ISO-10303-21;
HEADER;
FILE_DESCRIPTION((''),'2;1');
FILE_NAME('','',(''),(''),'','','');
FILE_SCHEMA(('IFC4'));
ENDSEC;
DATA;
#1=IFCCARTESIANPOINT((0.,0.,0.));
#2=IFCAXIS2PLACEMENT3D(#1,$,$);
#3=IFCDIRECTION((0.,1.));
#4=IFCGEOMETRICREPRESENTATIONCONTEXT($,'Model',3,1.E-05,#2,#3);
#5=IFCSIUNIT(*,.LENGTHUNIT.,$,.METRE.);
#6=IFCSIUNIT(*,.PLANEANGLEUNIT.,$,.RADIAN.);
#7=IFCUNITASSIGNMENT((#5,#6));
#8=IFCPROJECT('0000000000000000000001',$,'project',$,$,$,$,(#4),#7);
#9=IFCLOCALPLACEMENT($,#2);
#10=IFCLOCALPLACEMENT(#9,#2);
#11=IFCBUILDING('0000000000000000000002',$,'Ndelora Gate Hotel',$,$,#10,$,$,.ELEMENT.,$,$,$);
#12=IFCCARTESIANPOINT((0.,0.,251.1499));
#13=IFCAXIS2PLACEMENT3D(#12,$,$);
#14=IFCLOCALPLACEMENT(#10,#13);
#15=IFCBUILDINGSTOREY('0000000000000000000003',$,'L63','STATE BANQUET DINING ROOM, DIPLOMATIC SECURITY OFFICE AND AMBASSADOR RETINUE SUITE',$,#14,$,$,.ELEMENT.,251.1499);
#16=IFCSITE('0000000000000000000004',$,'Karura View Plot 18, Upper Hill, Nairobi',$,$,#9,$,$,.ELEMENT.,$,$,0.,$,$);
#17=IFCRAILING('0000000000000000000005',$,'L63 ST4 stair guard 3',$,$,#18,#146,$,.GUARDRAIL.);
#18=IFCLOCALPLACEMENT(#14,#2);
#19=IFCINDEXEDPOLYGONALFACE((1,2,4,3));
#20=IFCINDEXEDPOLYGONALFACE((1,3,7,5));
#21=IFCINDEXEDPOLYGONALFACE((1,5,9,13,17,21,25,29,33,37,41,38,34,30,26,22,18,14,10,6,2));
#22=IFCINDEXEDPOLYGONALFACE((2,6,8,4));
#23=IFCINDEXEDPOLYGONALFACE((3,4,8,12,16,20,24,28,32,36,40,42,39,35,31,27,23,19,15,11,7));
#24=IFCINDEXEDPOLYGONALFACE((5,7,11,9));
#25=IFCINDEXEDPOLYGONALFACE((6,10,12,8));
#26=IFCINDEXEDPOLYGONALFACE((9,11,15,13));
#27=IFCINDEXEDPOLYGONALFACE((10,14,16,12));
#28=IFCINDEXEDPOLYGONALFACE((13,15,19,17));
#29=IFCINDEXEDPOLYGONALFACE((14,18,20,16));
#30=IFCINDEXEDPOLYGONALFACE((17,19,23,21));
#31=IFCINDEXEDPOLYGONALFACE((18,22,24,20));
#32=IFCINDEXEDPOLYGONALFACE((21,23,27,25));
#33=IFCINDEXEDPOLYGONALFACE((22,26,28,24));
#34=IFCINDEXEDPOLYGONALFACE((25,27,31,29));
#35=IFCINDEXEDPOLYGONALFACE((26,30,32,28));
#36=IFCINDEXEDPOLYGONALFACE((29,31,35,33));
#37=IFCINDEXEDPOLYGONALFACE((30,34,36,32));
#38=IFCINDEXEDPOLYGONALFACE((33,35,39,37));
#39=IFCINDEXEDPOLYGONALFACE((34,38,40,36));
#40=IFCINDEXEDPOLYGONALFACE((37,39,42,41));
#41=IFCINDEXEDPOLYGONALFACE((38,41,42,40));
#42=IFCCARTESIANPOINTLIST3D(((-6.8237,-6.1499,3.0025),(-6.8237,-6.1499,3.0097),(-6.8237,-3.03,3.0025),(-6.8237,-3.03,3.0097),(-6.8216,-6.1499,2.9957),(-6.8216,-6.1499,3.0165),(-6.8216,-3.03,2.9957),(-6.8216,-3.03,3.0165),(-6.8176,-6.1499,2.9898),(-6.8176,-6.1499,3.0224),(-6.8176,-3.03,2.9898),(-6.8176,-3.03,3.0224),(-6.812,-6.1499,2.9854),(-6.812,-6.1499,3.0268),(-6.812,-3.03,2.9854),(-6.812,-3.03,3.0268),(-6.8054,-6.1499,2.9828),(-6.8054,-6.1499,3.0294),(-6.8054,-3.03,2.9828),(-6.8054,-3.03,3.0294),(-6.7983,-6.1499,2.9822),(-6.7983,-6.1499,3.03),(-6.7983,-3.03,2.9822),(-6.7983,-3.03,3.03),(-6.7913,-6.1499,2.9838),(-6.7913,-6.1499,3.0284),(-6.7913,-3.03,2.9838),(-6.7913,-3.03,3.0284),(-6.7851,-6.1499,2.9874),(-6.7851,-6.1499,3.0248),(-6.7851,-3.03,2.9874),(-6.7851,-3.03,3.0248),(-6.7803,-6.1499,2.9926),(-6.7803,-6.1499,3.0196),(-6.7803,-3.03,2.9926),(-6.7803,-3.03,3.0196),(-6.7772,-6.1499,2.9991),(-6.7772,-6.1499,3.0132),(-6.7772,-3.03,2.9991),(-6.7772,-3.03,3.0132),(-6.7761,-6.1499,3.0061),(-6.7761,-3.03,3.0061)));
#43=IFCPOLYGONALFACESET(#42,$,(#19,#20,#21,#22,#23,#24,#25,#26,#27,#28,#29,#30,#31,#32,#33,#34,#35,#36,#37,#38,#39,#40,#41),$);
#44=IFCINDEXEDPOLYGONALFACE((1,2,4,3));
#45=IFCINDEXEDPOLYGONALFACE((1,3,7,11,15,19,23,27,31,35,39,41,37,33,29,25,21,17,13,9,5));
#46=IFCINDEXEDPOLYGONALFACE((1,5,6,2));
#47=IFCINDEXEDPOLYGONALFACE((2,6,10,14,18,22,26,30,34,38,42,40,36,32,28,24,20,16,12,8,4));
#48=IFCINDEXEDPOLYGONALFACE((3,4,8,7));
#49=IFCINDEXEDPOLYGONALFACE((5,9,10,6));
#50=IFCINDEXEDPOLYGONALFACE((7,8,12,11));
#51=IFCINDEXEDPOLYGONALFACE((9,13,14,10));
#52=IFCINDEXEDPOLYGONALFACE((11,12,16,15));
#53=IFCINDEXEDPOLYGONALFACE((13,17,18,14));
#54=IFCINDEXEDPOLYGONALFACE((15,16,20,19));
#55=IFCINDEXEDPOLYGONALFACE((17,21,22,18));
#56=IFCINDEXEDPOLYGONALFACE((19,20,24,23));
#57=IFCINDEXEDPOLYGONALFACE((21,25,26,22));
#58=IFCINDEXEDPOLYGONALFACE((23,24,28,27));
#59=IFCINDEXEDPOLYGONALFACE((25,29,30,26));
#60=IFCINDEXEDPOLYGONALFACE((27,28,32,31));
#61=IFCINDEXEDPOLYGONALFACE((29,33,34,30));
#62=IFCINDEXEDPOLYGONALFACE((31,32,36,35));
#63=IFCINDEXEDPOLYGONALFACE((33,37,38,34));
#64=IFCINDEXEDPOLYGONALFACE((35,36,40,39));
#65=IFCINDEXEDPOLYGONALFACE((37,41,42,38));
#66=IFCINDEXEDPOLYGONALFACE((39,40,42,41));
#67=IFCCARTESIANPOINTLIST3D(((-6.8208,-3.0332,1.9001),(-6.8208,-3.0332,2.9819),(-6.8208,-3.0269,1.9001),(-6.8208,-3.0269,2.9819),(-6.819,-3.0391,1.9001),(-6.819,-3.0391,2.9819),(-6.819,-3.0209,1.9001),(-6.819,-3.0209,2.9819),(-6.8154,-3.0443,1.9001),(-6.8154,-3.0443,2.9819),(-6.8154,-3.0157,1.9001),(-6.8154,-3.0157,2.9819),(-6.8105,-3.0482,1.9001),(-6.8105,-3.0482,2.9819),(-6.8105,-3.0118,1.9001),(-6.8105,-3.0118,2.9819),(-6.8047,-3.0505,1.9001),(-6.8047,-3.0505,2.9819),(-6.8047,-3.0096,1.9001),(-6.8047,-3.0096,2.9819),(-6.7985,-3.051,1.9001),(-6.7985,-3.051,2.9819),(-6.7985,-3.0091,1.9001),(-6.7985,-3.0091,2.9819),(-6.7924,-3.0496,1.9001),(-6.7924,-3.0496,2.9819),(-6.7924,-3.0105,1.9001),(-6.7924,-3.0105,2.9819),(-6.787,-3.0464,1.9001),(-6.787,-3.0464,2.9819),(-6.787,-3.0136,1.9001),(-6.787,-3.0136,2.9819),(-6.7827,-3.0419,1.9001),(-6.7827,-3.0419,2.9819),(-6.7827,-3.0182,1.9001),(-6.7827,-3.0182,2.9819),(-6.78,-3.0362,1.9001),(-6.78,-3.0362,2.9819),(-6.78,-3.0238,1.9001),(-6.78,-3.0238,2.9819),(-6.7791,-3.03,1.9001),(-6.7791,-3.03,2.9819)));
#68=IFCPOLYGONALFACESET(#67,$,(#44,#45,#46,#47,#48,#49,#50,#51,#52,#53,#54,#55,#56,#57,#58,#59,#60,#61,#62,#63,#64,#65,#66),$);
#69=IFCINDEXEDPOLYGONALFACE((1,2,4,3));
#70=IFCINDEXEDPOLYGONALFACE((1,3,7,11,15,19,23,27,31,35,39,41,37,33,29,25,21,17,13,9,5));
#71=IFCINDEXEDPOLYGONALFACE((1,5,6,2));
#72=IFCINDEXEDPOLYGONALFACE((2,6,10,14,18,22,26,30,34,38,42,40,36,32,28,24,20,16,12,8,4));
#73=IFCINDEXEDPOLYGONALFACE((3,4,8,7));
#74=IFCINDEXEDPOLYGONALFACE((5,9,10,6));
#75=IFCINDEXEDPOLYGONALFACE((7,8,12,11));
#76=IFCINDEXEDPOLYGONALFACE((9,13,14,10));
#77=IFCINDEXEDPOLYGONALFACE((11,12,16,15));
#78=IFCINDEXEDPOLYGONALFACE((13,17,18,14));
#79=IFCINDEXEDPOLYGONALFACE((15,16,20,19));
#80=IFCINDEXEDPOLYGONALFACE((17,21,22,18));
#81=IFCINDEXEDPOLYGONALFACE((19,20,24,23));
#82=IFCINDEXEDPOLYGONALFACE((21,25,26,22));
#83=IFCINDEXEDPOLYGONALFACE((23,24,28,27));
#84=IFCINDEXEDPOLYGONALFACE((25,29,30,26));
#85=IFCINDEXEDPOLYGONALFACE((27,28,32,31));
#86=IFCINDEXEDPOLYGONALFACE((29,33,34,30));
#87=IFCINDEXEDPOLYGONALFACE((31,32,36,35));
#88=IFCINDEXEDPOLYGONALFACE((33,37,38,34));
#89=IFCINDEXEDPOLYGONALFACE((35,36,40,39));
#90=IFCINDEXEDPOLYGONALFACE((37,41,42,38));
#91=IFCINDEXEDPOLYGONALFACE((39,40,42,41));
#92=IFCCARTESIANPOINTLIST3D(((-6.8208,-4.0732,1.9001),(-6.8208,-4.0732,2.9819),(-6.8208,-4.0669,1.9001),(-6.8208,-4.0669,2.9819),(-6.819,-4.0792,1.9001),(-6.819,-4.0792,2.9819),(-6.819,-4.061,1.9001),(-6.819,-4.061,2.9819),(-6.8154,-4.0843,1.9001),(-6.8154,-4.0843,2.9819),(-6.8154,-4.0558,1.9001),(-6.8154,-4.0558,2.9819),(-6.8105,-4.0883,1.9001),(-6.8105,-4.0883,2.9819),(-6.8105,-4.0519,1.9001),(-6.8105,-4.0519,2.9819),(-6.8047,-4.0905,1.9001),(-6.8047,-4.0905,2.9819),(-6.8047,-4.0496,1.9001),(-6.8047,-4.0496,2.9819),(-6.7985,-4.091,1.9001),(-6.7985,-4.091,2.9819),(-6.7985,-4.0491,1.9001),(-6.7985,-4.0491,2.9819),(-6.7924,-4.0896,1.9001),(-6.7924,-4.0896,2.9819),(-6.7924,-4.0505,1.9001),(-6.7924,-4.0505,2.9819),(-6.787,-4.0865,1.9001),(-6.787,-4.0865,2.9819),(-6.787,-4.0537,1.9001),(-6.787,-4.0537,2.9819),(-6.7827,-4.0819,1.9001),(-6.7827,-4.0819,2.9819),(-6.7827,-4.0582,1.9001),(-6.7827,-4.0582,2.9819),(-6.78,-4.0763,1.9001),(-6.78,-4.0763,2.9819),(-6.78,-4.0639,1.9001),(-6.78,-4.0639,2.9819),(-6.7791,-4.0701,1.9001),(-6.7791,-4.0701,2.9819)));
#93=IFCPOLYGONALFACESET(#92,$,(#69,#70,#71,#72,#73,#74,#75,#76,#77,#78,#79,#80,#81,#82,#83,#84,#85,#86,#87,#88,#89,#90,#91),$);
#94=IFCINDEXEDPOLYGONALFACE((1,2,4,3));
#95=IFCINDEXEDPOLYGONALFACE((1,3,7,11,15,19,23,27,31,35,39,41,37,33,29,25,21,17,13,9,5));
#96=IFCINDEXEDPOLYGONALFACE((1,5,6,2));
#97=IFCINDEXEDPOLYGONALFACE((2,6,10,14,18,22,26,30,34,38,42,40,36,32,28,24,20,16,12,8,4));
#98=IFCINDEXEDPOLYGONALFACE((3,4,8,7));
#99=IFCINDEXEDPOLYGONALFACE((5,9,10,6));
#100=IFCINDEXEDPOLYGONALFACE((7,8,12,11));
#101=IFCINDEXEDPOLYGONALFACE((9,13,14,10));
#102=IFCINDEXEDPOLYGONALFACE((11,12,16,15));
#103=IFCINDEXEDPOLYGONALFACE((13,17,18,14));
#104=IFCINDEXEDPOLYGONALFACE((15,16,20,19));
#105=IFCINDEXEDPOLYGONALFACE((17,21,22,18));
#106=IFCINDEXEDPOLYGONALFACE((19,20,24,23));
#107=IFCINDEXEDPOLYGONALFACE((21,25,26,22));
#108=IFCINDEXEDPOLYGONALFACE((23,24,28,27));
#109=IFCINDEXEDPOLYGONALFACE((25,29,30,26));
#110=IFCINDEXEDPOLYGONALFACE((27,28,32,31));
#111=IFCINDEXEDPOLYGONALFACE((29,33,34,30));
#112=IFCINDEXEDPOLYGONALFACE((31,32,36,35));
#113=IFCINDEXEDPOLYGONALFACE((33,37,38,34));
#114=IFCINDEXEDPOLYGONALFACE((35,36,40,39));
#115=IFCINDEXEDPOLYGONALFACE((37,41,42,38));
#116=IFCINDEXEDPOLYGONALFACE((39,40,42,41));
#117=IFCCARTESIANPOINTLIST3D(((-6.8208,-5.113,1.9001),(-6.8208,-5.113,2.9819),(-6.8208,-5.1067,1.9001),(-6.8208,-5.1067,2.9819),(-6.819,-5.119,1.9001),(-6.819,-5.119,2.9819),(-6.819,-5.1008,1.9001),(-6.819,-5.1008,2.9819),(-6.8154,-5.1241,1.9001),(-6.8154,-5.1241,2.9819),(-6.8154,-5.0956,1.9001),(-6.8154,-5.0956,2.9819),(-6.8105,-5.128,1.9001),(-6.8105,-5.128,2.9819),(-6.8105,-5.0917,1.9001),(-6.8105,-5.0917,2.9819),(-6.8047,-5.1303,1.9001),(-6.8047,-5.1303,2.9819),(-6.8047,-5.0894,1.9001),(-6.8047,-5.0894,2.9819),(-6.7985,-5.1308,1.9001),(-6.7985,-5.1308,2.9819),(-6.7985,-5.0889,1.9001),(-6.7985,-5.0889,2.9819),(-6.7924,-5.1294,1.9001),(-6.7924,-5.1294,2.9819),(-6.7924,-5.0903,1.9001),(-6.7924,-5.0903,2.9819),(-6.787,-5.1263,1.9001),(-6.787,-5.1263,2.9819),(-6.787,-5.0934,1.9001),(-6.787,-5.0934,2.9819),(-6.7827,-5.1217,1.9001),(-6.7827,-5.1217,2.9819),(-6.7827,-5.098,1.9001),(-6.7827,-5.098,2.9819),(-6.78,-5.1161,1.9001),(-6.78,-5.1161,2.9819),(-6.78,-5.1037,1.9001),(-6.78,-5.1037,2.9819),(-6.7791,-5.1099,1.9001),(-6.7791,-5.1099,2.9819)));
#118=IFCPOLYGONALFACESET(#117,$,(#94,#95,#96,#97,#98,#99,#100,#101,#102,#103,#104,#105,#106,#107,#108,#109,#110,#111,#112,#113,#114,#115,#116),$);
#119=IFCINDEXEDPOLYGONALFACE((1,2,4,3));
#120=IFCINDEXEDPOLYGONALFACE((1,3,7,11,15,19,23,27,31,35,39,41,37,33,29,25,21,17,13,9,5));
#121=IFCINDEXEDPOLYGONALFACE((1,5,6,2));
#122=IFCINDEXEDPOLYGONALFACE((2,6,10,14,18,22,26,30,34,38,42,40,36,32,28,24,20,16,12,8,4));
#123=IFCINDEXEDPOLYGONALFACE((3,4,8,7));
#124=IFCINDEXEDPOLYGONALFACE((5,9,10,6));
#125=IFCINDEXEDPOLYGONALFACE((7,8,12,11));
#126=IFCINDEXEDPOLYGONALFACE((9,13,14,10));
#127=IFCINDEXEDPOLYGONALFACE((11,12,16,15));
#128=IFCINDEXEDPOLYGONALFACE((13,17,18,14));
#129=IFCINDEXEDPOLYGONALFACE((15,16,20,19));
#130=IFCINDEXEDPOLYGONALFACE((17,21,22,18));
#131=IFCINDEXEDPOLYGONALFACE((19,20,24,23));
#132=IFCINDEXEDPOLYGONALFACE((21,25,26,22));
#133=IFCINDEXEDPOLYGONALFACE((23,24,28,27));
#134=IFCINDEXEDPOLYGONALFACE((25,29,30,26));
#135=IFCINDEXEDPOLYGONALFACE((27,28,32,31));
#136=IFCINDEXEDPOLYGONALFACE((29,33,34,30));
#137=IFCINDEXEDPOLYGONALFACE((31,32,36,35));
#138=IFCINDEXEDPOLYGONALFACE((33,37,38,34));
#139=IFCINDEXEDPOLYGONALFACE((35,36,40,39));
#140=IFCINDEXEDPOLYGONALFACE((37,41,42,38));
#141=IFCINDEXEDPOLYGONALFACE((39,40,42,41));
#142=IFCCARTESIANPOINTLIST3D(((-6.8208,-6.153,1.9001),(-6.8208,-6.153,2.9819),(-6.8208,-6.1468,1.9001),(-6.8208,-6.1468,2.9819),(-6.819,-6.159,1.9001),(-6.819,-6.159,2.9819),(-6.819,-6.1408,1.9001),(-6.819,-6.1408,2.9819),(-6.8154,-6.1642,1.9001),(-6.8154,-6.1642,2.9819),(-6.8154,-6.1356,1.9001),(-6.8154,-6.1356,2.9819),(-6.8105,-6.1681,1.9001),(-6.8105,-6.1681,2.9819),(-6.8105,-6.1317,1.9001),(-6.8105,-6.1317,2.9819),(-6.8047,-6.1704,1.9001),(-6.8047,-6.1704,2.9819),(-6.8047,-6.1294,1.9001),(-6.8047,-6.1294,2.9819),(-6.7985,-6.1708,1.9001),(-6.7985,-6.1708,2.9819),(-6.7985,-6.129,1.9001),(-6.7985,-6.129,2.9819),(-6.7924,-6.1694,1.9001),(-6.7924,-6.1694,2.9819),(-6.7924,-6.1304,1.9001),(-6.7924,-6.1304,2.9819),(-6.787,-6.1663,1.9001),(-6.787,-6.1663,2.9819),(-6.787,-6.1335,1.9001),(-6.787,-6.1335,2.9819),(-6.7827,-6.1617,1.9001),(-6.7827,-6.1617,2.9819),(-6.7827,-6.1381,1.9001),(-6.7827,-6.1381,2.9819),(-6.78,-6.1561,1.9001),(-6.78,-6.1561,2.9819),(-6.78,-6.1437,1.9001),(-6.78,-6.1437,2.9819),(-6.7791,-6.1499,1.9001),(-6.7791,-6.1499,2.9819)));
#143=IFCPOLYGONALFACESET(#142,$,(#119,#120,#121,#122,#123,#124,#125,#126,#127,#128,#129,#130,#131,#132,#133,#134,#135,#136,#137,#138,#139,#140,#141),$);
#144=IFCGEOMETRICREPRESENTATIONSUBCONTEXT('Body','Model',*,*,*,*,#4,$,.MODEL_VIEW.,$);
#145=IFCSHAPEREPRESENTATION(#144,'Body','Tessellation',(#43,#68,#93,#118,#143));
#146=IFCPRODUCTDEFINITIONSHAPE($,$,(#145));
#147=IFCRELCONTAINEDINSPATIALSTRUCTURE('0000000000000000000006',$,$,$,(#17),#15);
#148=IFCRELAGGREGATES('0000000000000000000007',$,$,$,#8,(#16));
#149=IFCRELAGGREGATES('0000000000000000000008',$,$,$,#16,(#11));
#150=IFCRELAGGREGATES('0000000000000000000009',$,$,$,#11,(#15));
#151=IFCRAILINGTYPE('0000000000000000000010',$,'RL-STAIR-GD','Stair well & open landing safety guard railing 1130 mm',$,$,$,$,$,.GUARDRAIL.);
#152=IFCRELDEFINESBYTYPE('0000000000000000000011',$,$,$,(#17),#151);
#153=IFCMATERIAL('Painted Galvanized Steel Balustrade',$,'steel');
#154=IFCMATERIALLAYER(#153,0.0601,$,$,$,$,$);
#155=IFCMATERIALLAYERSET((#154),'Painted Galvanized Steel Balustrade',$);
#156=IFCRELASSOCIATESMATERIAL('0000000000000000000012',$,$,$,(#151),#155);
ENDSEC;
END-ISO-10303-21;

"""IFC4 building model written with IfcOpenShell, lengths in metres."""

from ifc_helpers import new_model, si_unit, direction, frame, origin, origin_2d, place, context, subcontext, project, spatial, circle, extrude, material, layer, layer_set, type_object, element, save


model = new_model("IFC4")

# Units and contexts
model_context = context("Model", 3, precision=1e-05, world=origin(), true_north=direction((0.0, 1.0)))
body_context = subcontext(model_context, "Body", "Model", "MODEL_VIEW")
ifc_project = project(units=[si_unit("LENGTHUNIT", "METRE"), si_unit("PLANEANGLEUNIT", "RADIAN")], contexts=[model_context])

# Site, building, storey
site_placement = place(None, origin())
site = spatial("IfcSite", under=ifc_project, at=site_placement, Name="Karura View Plot 18, Upper Hill, Nairobi", CompositionType="ELEMENT", RefElevation=0.0)
building_placement = place(site_placement, origin())
building = spatial("IfcBuilding", under=site, at=building_placement, Name="Ndelora Gate Hotel", CompositionType="ELEMENT")
storey_placement = place(building_placement, frame((0.0, 0.0, 251.1499)))
storey = spatial("IfcBuildingStorey", under=building, at=storey_placement, Name="L63", Description="STATE BANQUET DINING ROOM, DIPLOMATIC SECURITY OFFICE AND AMBASSADOR RETINUE SUITE", CompositionType="ELEMENT", Elevation=251.1499)

# Railing
ifc_material_1 = material(Name="Painted Galvanized Steel Balustrade", Category="steel")
ifc_layer_1 = layer(ifc_material_1, 0.0601)
ifc_layer_set_1 = layer_set([ifc_layer_1], Name="Painted Galvanized Steel Balustrade")
railing_type_1 = type_object("IfcRailingType", Name="RL-STAIR-GD", Description="Stair well & open landing safety guard railing 1130 mm", PredefinedType="GUARDRAIL", material=ifc_layer_set_1)
for number, where, name in (
    (1, (-6.8, -3.03, 1.9001), "L63 ST4 stair guard 3"),
):
    element("IfcRailing", number, at=place(storey_placement, frame(where)), inside=storey, type_object=railing_type_1, Name=name, PredefinedType="GUARDRAIL", context=body_context, shape_type="SweptSolid", body=[
        extrude(circle(Radius=0.0239, at=origin_2d()), frame((0.0, 0.0, 1.106), z_axis=(0.0, -1.0, 0.0), x_axis=(1.0, 0.0, 0.0)), (0.0, 0.0, 1.0), 3.1199),
        extrude(circle(Radius=0.021, at=origin_2d()), origin(), (0.0, 0.0, 1.0), 1.0818),
        extrude(circle(Radius=0.021, at=origin_2d()), frame((0.0, -1.04, 0.0)), (0.0, 0.0, 1.0), 1.0818),
        extrude(circle(Radius=0.021, at=origin_2d()), frame((0.0, -2.0798, 0.0)), (0.0, 0.0, 1.0), 1.0818),
        extrude(circle(Radius=0.021, at=origin_2d()), frame((0.0, -3.1199, 0.0)), (0.0, 0.0, 1.0), 1.0818),
    ])

save(model, "model.ifc")
